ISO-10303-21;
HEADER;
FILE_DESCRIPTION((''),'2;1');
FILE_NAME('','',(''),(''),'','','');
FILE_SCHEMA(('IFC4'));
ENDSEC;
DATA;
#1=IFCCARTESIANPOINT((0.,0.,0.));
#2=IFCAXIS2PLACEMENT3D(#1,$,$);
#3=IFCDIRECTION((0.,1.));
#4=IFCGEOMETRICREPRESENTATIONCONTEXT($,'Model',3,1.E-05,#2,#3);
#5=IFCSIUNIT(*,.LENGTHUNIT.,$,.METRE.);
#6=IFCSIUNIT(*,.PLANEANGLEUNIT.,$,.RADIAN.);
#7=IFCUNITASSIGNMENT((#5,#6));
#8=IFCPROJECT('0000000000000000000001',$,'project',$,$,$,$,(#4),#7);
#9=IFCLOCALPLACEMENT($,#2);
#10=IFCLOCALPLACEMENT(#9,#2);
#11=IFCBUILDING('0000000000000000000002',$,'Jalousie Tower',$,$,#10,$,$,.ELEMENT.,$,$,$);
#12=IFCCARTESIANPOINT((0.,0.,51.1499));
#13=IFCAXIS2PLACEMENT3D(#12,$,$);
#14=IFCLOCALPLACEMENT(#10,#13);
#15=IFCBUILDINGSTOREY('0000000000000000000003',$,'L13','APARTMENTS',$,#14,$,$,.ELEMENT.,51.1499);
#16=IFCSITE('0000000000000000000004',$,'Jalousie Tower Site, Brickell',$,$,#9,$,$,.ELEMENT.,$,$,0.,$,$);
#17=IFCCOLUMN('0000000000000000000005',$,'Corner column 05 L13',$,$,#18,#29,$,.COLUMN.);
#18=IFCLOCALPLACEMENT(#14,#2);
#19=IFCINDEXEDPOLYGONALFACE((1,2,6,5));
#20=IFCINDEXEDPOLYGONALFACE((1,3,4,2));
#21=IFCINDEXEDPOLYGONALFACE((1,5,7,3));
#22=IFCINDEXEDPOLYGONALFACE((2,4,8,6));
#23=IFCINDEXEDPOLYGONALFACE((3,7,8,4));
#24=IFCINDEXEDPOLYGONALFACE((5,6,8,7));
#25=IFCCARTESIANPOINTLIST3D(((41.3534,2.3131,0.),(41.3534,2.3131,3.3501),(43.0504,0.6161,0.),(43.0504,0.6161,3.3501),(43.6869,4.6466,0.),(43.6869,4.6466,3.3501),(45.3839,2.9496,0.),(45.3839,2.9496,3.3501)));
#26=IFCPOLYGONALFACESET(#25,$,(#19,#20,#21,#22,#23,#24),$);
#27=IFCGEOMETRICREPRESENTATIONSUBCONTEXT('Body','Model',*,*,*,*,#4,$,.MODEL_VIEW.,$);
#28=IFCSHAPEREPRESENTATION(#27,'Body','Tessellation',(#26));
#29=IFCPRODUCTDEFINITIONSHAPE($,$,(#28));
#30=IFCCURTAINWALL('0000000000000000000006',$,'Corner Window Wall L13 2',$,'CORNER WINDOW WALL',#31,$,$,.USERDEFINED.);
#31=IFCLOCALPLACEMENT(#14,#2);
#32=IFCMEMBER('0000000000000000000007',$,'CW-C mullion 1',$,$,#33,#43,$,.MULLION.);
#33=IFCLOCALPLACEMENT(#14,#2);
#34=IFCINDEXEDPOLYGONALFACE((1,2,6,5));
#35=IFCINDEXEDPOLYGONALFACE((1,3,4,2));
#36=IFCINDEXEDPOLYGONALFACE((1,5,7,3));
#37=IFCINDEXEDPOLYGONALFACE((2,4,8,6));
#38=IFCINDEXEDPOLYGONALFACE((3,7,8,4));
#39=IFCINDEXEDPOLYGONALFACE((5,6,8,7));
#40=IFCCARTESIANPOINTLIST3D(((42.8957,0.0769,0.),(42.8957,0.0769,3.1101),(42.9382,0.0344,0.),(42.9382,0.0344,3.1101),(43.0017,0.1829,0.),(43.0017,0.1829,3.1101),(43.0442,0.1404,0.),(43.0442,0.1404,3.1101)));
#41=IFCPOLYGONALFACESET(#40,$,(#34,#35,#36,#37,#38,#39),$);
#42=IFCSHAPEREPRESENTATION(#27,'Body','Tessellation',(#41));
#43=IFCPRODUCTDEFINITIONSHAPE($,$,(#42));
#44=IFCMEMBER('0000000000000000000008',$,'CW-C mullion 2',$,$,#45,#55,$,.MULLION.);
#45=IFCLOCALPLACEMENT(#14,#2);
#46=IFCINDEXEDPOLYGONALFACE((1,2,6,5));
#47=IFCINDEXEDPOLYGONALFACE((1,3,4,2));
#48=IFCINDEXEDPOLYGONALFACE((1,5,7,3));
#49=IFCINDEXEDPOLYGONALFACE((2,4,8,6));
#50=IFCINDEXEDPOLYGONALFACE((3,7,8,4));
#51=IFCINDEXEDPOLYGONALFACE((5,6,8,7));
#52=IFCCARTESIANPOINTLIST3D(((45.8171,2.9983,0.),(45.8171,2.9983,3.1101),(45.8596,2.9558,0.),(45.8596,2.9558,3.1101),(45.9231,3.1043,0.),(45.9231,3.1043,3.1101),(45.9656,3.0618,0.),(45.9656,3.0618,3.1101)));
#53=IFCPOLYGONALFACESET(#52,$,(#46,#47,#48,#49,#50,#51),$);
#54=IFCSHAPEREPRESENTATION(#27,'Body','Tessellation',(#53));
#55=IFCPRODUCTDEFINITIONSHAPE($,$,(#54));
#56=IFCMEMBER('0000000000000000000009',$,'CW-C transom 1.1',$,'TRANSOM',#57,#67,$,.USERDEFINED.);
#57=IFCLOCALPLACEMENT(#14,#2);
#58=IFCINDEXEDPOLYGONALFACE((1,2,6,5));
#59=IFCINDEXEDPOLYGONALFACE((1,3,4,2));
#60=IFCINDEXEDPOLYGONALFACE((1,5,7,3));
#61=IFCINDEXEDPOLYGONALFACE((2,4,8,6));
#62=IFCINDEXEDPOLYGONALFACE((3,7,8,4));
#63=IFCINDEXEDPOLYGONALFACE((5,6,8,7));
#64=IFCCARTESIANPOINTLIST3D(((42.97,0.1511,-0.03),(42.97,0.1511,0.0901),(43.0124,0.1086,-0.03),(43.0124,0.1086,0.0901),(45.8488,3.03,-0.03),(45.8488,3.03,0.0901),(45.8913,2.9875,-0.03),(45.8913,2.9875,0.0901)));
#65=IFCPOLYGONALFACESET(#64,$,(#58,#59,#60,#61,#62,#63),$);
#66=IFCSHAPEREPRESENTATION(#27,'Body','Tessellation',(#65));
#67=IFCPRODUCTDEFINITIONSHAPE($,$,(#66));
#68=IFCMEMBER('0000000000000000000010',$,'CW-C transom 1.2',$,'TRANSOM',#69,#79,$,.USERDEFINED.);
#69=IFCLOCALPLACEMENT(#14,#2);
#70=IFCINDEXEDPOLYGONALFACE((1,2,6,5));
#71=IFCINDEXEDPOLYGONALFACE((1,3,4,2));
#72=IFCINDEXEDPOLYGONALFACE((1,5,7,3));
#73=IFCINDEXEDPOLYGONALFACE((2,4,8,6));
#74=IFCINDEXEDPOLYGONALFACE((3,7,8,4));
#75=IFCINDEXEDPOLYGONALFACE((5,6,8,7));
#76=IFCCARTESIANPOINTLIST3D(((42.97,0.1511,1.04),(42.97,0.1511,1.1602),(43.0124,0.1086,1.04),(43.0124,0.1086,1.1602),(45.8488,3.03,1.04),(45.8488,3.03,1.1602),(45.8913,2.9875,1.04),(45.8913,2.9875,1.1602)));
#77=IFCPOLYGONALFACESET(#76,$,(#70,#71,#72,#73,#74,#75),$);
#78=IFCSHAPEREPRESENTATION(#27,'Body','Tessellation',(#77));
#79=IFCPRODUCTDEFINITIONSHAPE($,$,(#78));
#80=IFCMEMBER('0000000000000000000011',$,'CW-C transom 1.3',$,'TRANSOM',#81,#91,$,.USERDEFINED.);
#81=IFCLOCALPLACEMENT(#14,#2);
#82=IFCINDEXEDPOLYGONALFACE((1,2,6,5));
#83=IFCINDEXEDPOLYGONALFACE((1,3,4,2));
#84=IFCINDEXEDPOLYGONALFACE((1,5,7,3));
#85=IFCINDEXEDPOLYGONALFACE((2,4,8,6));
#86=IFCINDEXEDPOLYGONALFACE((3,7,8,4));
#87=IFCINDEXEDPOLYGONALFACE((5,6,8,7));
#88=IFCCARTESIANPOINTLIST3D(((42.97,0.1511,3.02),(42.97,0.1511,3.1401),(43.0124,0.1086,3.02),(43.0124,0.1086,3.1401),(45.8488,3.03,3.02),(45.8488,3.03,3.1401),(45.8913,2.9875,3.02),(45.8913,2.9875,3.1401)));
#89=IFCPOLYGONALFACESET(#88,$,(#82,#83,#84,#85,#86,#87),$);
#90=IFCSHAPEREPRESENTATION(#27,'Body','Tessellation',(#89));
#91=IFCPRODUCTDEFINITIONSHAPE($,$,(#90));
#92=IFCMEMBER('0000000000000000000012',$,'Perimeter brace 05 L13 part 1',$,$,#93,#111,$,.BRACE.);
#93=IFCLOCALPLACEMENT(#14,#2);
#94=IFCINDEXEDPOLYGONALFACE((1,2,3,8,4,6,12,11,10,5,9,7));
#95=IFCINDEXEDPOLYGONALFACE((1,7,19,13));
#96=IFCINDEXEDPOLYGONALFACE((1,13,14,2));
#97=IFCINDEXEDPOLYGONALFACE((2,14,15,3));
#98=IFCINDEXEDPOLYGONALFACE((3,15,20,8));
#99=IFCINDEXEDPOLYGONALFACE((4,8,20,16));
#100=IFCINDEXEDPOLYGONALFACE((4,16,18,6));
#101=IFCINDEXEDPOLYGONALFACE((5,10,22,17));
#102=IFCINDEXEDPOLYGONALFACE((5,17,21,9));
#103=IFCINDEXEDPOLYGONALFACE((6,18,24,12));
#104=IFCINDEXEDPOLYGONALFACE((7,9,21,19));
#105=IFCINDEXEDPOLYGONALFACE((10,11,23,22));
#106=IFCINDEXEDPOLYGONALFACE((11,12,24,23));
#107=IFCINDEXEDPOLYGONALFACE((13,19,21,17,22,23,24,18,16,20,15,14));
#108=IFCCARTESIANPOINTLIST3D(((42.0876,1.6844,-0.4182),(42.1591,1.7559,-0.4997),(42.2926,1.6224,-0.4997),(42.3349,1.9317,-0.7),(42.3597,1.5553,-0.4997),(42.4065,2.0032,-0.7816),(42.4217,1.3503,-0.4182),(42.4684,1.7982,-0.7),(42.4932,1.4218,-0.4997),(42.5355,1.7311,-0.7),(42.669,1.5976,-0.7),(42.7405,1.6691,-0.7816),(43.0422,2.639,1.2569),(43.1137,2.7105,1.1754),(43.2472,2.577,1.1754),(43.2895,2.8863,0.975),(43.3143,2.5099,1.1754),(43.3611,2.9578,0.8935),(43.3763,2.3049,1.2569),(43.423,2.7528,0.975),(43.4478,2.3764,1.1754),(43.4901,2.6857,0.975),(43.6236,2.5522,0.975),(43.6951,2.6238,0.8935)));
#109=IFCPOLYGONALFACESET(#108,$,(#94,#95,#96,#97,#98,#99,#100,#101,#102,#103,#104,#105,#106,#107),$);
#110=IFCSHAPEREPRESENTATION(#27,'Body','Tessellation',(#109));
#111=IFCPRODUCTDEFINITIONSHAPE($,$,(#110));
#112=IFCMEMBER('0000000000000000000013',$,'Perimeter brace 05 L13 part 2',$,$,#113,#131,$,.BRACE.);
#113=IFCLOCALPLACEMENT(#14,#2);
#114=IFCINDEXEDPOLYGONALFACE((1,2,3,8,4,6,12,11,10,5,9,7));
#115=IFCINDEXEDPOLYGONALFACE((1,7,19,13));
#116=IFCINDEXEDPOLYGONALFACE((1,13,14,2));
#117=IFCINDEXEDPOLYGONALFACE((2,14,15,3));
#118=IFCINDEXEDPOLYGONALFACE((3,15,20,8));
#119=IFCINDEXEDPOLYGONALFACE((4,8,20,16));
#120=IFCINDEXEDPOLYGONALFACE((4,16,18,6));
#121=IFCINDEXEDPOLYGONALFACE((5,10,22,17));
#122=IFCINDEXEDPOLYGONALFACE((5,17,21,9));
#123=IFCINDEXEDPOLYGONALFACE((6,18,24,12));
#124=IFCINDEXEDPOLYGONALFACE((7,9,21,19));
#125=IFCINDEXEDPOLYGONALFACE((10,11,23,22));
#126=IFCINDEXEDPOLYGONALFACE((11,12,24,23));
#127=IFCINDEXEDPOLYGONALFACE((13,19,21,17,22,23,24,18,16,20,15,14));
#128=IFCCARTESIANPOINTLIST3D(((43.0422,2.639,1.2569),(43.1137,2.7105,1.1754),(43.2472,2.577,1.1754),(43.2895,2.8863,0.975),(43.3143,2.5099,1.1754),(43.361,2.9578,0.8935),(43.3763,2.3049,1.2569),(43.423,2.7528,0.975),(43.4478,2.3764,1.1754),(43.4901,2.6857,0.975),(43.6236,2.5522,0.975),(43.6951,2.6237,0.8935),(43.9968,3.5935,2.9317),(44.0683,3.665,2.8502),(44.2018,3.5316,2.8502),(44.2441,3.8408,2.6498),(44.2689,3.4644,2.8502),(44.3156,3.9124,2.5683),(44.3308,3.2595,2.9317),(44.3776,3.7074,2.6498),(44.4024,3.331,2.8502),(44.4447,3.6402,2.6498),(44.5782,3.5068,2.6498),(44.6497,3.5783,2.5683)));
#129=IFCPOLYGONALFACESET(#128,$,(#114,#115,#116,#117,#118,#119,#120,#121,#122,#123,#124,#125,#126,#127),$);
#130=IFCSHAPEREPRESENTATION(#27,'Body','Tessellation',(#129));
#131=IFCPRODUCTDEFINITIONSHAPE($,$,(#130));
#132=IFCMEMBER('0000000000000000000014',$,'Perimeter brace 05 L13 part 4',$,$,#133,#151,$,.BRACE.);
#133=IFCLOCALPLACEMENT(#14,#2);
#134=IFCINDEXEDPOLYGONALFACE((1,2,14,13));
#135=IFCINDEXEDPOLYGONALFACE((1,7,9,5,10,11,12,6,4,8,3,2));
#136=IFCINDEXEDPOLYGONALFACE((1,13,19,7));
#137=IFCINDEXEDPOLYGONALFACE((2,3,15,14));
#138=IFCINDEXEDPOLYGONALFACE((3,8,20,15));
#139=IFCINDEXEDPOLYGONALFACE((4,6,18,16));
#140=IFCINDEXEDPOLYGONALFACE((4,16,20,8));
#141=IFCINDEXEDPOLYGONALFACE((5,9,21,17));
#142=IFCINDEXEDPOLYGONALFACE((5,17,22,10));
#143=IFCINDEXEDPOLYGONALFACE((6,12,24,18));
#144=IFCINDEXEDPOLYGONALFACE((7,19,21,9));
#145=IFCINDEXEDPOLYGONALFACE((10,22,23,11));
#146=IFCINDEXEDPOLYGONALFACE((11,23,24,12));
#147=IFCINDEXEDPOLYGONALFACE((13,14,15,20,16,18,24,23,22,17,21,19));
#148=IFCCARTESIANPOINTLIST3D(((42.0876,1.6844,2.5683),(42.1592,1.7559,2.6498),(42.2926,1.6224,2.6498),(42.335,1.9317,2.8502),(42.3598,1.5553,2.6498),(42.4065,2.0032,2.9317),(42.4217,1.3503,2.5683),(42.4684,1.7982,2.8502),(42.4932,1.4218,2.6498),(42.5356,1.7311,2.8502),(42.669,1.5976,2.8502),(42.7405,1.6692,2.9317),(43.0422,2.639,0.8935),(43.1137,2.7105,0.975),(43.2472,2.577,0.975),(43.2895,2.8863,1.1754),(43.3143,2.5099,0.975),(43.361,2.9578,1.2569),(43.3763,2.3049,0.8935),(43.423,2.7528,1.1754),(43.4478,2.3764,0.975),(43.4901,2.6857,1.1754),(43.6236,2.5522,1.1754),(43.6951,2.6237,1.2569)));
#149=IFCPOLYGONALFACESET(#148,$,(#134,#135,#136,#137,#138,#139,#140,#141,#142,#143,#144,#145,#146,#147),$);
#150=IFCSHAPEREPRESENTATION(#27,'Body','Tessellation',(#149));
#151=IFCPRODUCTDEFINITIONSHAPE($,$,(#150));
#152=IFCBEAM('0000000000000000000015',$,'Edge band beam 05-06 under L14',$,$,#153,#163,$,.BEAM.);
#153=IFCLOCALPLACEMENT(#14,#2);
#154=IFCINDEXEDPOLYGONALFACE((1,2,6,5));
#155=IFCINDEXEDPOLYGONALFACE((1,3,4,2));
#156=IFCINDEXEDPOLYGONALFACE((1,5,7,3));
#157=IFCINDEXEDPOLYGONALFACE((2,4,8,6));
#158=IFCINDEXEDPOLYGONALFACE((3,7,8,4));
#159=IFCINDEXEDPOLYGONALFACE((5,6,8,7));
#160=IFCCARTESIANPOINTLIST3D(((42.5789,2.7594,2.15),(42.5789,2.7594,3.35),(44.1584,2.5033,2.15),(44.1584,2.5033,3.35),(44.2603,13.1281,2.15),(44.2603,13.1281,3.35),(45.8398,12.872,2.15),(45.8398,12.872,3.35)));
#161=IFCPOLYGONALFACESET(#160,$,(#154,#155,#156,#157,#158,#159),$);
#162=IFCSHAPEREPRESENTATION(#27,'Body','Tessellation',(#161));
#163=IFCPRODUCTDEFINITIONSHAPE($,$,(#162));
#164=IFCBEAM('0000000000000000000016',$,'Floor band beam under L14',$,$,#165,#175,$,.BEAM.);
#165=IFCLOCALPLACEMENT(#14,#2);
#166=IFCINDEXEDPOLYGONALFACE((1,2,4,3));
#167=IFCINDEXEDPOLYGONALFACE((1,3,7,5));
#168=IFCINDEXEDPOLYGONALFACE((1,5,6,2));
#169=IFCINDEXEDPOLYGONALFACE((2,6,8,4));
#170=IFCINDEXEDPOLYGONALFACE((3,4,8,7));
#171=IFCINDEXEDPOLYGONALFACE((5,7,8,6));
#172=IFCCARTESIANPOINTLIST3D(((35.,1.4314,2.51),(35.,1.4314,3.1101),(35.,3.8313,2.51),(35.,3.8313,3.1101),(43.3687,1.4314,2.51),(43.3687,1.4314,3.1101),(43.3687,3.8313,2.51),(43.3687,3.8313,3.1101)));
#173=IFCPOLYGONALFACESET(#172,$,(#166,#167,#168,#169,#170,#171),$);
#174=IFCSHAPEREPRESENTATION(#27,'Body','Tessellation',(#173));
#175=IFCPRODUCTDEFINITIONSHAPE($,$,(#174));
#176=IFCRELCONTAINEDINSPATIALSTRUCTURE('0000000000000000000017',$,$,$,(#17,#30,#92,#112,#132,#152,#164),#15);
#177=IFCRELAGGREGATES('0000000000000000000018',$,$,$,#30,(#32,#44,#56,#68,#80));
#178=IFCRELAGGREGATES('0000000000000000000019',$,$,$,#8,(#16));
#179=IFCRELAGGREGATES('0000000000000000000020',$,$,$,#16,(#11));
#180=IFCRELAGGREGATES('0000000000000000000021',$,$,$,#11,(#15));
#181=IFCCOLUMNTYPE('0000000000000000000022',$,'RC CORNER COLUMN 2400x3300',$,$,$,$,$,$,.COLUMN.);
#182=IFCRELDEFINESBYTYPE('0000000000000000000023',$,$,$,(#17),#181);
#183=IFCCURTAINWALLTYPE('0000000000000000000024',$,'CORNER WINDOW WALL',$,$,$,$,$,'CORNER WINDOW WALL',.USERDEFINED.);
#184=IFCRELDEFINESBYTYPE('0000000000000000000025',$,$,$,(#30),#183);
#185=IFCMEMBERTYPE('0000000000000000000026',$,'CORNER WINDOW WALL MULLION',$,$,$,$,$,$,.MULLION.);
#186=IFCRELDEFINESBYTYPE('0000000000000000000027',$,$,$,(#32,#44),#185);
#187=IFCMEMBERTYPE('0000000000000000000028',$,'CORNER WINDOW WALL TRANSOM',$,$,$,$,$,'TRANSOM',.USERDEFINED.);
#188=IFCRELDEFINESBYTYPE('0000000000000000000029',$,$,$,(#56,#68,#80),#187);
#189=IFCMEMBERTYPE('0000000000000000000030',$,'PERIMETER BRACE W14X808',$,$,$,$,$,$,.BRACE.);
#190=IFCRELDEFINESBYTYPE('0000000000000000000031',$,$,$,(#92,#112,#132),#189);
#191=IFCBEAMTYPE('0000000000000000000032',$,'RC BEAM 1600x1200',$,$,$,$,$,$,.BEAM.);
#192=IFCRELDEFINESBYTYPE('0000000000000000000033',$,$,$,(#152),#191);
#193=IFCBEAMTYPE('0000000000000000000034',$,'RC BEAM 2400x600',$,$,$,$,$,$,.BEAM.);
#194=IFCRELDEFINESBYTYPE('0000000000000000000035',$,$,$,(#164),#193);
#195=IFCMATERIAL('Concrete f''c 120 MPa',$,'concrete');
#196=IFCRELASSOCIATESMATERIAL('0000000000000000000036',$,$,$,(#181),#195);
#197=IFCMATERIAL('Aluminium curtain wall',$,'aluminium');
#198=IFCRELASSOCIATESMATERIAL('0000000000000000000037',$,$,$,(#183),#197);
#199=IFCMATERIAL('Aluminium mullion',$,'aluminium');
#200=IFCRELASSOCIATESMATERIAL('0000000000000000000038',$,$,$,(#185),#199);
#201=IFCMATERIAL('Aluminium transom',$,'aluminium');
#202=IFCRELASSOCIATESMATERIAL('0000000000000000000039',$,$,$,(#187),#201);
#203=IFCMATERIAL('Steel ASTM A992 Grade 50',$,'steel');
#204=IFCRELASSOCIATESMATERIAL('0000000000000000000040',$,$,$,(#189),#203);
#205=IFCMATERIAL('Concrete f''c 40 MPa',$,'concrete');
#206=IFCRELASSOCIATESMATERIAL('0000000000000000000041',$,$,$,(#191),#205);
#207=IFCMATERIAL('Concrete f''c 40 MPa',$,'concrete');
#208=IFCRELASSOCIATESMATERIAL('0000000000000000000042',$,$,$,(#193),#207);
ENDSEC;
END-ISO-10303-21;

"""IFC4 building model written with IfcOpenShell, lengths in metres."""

from ifc_helpers import new_model, si_unit, direction, frame, origin, origin_2d, place, context, subcontext, project, spatial, rectangle, i_section, extrude, material, material_profile, profile_set, type_object, element, aggregate, save


model = new_model("IFC4")

# Units and contexts
model_context = context("Model", 3, precision=1e-05, world=origin(), true_north=direction((0.0, 1.0)))
body_context = subcontext(model_context, "Body", "Model", "MODEL_VIEW")
ifc_project = project(units=[si_unit("LENGTHUNIT", "METRE"), si_unit("PLANEANGLEUNIT", "RADIAN")], contexts=[model_context])

# Site, building, storey
site_placement = place(None, origin())
site = spatial("IfcSite", under=ifc_project, at=site_placement, Name="Jalousie Tower Site, Brickell", CompositionType="ELEMENT", RefElevation=0.0)
building_placement = place(site_placement, origin())
building = spatial("IfcBuilding", under=site, at=building_placement, Name="Jalousie Tower", CompositionType="ELEMENT")
storey_placement = place(building_placement, frame((0.0, 0.0, 51.1499)))
storey = spatial("IfcBuildingStorey", under=building, at=storey_placement, Name="L13", Description="APARTMENTS", CompositionType="ELEMENT", Elevation=51.1499)

# Column
ifc_material_1 = material(Name="Concrete f'c 120 MPa", Category="concrete")
ifc_material_profile_1 = material_profile(ifc_material_1, rectangle(XDim=2.3999, YDim=3.3, at=origin_2d()), Name="RC 2400x3300")
ifc_profile_set_1 = profile_set([ifc_material_profile_1], Name="Concrete f'c 120 MPa")
column_type = type_object("IfcColumnType", Name="RC CORNER COLUMN 2400x3300", PredefinedType="COLUMN", material=ifc_profile_set_1)
column_placement = place(storey_placement, frame((43.3687, 2.6313, 0.0), z_axis=(0.0, 0.0, 1.0), x_axis=(-0.707107, 0.707107, 0.0)))
element("IfcColumn", 1, at=column_placement, inside=storey, type_object=column_type, Name="Corner column 05 L13", PredefinedType="COLUMN", context=body_context, shape_type="SweptSolid", body=[
    extrude(rectangle(XDim=2.3999, YDim=3.3, at=origin_2d()), origin(), (0.0, 0.0, 1.0), 3.3501),
])

# Curtain wall, members
ifc_material_2 = material(Name="Aluminium curtain wall", Category="aluminium")
curtain_wall_type_1 = type_object("IfcCurtainWallType", Name="CORNER WINDOW WALL", ElementType="CORNER WINDOW WALL", PredefinedType="USERDEFINED", material=ifc_material_2)
curtain_wall_1_placement = place(storey_placement, origin())
curtain_wall_1 = element("IfcCurtainWall", 2, at=curtain_wall_1_placement, inside=storey, type_object=curtain_wall_type_1, Name="Corner Window Wall L13 2", ObjectType="CORNER WINDOW WALL", PredefinedType="USERDEFINED")
ifc_material_3 = material(Name="Aluminium mullion", Category="aluminium")
ifc_material_profile_2 = material_profile(ifc_material_3, rectangle(XDim=0.0601, YDim=0.1499, at=origin_2d()), Name="MULLION 60x150")
ifc_profile_set_2 = profile_set([ifc_material_profile_2], Name="Aluminium mullion")
member_type_1 = type_object("IfcMemberType", Name="CORNER WINDOW WALL MULLION", PredefinedType="MULLION", material=ifc_profile_set_2)
member_1_placement = place(storey_placement, frame((42.97, 0.1086, 0.0), z_axis=(0.0, 0.0, 1.0), x_axis=(-0.707107, 0.707107, 0.0)))
member_1 = element("IfcMember", 3, at=member_1_placement, type_object=member_type_1, Name="CW-C mullion 1", PredefinedType="MULLION", context=body_context, shape_type="SweptSolid", body=[
    extrude(rectangle(XDim=0.0601, YDim=0.1499, at=origin_2d()), origin(), (0.0, 0.0, 1.0), 3.1101),
])
member_2_placement = place(storey_placement, frame((45.8914, 3.03, 0.0), z_axis=(0.0, 0.0, 1.0), x_axis=(-0.707107, 0.707107, 0.0)))
member_2 = element("IfcMember", 4, at=member_2_placement, type_object=member_type_1, Name="CW-C mullion 2", PredefinedType="MULLION", context=body_context, shape_type="SweptSolid", body=[
    extrude(rectangle(XDim=0.0601, YDim=0.1499, at=origin_2d()), origin(), (0.0, 0.0, 1.0), 3.1101),
])
ifc_material_4 = material(Name="Aluminium transom", Category="aluminium")
ifc_material_profile_3 = material_profile(ifc_material_4, rectangle(XDim=0.0601, YDim=0.1201, at=origin_2d()), Name="TRANSOM 60x120")
ifc_profile_set_3 = profile_set([ifc_material_profile_3], Name="Aluminium transom")
member_type_2 = type_object("IfcMemberType", Name="CORNER WINDOW WALL TRANSOM", ElementType="TRANSOM", PredefinedType="USERDEFINED", material=ifc_profile_set_3)
member_3_placement = place(storey_placement, frame((42.9912, 0.1299, 0.03), z_axis=(0.707107, 0.707107, 0.0), x_axis=(-0.707107, 0.707107, 0.0)))
member_3 = element("IfcMember", 5, at=member_3_placement, type_object=member_type_2, Name="CW-C transom 1.1", ObjectType="TRANSOM", PredefinedType="USERDEFINED", context=body_context, shape_type="SweptSolid", body=[
    extrude(rectangle(XDim=0.0601, YDim=0.1201, at=origin_2d()), origin(), (0.0, 0.0, 1.0), 4.0713),
])
member_4_placement = place(storey_placement, frame((42.9912, 0.1299, 1.1001), z_axis=(0.707107, 0.707107, 0.0), x_axis=(-0.707107, 0.707107, 0.0)))
member_4 = element("IfcMember", 6, at=member_4_placement, type_object=member_type_2, Name="CW-C transom 1.2", ObjectType="TRANSOM", PredefinedType="USERDEFINED", context=body_context, shape_type="SweptSolid", body=[
    extrude(rectangle(XDim=0.0601, YDim=0.1201, at=origin_2d()), origin(), (0.0, 0.0, 1.0), 4.0713),
])
member_5_placement = place(storey_placement, frame((42.9912, 0.1299, 3.0801), z_axis=(0.707107, 0.707107, 0.0), x_axis=(-0.707107, 0.707107, 0.0)))
member_5 = element("IfcMember", 7, at=member_5_placement, type_object=member_type_2, Name="CW-C transom 1.3", ObjectType="TRANSOM", PredefinedType="USERDEFINED", context=body_context, shape_type="SweptSolid", body=[
    extrude(rectangle(XDim=0.0601, YDim=0.1201, at=origin_2d()), origin(), (0.0, 0.0, 1.0), 4.0713),
])

# Members
ifc_material_5 = material(Name="Steel ASTM A992 Grade 50", Category="steel")
ifc_material_profile_4 = material_profile(ifc_material_5, i_section(OverallWidth=0.4724, OverallDepth=0.5791, WebThickness=0.095, FlangeThickness=0.1299, at=origin_2d()), Name="W14X808")
ifc_profile_set_4 = profile_set([ifc_material_profile_4], Name="Steel ASTM A992 Grade 50")
member_type_3 = type_object("IfcMemberType", Name="PERIMETER BRACE W14X808", PredefinedType="BRACE", material=ifc_profile_set_4)
member_6_placement = place(storey_placement, frame((42.4141, 1.6768, -0.5999), z_axis=(0.443718, 0.443718, 0.778607), x_axis=(-0.707107, 0.707107, 0.0)))
element("IfcMember", 8, at=member_6_placement, inside=storey, type_object=member_type_3, Name="Perimeter brace 05 L13 part 1", PredefinedType="BRACE", context=body_context, shape_type="SweptSolid", body=[
    extrude(i_section(OverallWidth=0.4724, OverallDepth=0.5791, WebThickness=0.095, FlangeThickness=0.1299, at=origin_2d()), origin(), (0.0, 0.0, 1.0), 2.1514),
])
for number, where, z_axis, x_axis, name in (
    (9, (43.3687, 2.6313, 1.0752), (0.443758, 0.443758, 0.778562), (-0.707107, 0.707107, 0.0), "Perimeter brace 05 L13 part 2"),
    (10, (43.3687, 2.6313, 1.0752), (-0.443758, -0.443758, 0.778562), (0.707107, -0.707107, 0.0), "Perimeter brace 05 L13 part 4"),
):
    element("IfcMember", number, at=place(storey_placement, frame(where, z_axis=z_axis, x_axis=x_axis)), inside=storey, type_object=member_type_3, Name=name, PredefinedType="BRACE", context=body_context, shape_type="SweptSolid", body=[
        extrude(i_section(OverallWidth=0.4724, OverallDepth=0.5791, WebThickness=0.095, FlangeThickness=0.1299, at=origin_2d()), origin(), (0.0, 0.0, 1.0), 2.1511),
    ])

# Beams
ifc_material_6 = material(Name="Concrete f'c 40 MPa", Category="concrete")
ifc_material_profile_5 = material_profile(ifc_material_6, rectangle(XDim=1.6001, YDim=1.2, at=origin_2d()), Name="RC 1600x1200")
ifc_profile_set_5 = profile_set([ifc_material_profile_5], Name="Concrete f'c 40 MPa")
beam_type_1 = type_object("IfcBeamType", Name="RC BEAM 1600x1200", PredefinedType="BEAM", material=ifc_profile_set_5)
beam_1_placement = place(storey_placement, frame((43.3687, 2.6313, 2.75), z_axis=(0.160071, 0.987106, 0.0), x_axis=(-0.987106, 0.160071, 0.0)))
element("IfcBeam", 11, at=beam_1_placement, inside=storey, type_object=beam_type_1, Name="Edge band beam 05-06 under L14", PredefinedType="BEAM", context=body_context, shape_type="SweptSolid", body=[
    extrude(rectangle(XDim=1.6001, YDim=1.2, at=origin_2d()), origin(), (0.0, 0.0, 1.0), 10.5042),
])
ifc_material_7 = material(Name="Concrete f'c 40 MPa", Category="concrete")
ifc_material_profile_6 = material_profile(ifc_material_7, rectangle(XDim=2.3999, YDim=0.6001, at=origin_2d()), Name="RC 2400x600")
ifc_profile_set_6 = profile_set([ifc_material_profile_6], Name="Concrete f'c 40 MPa")
beam_type_2 = type_object("IfcBeamType", Name="RC BEAM 2400x600", PredefinedType="BEAM", material=ifc_profile_set_6)
beam_2_placement = place(storey_placement, frame((43.3687, 2.6313, 2.8101), z_axis=(-1.0, 0.0, 0.0), x_axis=(0.0, -1.0, 0.0)))
element("IfcBeam", 12, at=beam_2_placement, inside=storey, type_object=beam_type_2, Name="Floor band beam under L14", PredefinedType="BEAM", context=body_context, shape_type="SweptSolid", body=[
    extrude(rectangle(XDim=2.3999, YDim=0.6001, at=origin_2d()), origin(), (0.0, 0.0, 1.0), 8.3687),
])

aggregate(curtain_wall_1, [member_1, member_2, member_3, member_4, member_5])

save(model, "model.ifc")
